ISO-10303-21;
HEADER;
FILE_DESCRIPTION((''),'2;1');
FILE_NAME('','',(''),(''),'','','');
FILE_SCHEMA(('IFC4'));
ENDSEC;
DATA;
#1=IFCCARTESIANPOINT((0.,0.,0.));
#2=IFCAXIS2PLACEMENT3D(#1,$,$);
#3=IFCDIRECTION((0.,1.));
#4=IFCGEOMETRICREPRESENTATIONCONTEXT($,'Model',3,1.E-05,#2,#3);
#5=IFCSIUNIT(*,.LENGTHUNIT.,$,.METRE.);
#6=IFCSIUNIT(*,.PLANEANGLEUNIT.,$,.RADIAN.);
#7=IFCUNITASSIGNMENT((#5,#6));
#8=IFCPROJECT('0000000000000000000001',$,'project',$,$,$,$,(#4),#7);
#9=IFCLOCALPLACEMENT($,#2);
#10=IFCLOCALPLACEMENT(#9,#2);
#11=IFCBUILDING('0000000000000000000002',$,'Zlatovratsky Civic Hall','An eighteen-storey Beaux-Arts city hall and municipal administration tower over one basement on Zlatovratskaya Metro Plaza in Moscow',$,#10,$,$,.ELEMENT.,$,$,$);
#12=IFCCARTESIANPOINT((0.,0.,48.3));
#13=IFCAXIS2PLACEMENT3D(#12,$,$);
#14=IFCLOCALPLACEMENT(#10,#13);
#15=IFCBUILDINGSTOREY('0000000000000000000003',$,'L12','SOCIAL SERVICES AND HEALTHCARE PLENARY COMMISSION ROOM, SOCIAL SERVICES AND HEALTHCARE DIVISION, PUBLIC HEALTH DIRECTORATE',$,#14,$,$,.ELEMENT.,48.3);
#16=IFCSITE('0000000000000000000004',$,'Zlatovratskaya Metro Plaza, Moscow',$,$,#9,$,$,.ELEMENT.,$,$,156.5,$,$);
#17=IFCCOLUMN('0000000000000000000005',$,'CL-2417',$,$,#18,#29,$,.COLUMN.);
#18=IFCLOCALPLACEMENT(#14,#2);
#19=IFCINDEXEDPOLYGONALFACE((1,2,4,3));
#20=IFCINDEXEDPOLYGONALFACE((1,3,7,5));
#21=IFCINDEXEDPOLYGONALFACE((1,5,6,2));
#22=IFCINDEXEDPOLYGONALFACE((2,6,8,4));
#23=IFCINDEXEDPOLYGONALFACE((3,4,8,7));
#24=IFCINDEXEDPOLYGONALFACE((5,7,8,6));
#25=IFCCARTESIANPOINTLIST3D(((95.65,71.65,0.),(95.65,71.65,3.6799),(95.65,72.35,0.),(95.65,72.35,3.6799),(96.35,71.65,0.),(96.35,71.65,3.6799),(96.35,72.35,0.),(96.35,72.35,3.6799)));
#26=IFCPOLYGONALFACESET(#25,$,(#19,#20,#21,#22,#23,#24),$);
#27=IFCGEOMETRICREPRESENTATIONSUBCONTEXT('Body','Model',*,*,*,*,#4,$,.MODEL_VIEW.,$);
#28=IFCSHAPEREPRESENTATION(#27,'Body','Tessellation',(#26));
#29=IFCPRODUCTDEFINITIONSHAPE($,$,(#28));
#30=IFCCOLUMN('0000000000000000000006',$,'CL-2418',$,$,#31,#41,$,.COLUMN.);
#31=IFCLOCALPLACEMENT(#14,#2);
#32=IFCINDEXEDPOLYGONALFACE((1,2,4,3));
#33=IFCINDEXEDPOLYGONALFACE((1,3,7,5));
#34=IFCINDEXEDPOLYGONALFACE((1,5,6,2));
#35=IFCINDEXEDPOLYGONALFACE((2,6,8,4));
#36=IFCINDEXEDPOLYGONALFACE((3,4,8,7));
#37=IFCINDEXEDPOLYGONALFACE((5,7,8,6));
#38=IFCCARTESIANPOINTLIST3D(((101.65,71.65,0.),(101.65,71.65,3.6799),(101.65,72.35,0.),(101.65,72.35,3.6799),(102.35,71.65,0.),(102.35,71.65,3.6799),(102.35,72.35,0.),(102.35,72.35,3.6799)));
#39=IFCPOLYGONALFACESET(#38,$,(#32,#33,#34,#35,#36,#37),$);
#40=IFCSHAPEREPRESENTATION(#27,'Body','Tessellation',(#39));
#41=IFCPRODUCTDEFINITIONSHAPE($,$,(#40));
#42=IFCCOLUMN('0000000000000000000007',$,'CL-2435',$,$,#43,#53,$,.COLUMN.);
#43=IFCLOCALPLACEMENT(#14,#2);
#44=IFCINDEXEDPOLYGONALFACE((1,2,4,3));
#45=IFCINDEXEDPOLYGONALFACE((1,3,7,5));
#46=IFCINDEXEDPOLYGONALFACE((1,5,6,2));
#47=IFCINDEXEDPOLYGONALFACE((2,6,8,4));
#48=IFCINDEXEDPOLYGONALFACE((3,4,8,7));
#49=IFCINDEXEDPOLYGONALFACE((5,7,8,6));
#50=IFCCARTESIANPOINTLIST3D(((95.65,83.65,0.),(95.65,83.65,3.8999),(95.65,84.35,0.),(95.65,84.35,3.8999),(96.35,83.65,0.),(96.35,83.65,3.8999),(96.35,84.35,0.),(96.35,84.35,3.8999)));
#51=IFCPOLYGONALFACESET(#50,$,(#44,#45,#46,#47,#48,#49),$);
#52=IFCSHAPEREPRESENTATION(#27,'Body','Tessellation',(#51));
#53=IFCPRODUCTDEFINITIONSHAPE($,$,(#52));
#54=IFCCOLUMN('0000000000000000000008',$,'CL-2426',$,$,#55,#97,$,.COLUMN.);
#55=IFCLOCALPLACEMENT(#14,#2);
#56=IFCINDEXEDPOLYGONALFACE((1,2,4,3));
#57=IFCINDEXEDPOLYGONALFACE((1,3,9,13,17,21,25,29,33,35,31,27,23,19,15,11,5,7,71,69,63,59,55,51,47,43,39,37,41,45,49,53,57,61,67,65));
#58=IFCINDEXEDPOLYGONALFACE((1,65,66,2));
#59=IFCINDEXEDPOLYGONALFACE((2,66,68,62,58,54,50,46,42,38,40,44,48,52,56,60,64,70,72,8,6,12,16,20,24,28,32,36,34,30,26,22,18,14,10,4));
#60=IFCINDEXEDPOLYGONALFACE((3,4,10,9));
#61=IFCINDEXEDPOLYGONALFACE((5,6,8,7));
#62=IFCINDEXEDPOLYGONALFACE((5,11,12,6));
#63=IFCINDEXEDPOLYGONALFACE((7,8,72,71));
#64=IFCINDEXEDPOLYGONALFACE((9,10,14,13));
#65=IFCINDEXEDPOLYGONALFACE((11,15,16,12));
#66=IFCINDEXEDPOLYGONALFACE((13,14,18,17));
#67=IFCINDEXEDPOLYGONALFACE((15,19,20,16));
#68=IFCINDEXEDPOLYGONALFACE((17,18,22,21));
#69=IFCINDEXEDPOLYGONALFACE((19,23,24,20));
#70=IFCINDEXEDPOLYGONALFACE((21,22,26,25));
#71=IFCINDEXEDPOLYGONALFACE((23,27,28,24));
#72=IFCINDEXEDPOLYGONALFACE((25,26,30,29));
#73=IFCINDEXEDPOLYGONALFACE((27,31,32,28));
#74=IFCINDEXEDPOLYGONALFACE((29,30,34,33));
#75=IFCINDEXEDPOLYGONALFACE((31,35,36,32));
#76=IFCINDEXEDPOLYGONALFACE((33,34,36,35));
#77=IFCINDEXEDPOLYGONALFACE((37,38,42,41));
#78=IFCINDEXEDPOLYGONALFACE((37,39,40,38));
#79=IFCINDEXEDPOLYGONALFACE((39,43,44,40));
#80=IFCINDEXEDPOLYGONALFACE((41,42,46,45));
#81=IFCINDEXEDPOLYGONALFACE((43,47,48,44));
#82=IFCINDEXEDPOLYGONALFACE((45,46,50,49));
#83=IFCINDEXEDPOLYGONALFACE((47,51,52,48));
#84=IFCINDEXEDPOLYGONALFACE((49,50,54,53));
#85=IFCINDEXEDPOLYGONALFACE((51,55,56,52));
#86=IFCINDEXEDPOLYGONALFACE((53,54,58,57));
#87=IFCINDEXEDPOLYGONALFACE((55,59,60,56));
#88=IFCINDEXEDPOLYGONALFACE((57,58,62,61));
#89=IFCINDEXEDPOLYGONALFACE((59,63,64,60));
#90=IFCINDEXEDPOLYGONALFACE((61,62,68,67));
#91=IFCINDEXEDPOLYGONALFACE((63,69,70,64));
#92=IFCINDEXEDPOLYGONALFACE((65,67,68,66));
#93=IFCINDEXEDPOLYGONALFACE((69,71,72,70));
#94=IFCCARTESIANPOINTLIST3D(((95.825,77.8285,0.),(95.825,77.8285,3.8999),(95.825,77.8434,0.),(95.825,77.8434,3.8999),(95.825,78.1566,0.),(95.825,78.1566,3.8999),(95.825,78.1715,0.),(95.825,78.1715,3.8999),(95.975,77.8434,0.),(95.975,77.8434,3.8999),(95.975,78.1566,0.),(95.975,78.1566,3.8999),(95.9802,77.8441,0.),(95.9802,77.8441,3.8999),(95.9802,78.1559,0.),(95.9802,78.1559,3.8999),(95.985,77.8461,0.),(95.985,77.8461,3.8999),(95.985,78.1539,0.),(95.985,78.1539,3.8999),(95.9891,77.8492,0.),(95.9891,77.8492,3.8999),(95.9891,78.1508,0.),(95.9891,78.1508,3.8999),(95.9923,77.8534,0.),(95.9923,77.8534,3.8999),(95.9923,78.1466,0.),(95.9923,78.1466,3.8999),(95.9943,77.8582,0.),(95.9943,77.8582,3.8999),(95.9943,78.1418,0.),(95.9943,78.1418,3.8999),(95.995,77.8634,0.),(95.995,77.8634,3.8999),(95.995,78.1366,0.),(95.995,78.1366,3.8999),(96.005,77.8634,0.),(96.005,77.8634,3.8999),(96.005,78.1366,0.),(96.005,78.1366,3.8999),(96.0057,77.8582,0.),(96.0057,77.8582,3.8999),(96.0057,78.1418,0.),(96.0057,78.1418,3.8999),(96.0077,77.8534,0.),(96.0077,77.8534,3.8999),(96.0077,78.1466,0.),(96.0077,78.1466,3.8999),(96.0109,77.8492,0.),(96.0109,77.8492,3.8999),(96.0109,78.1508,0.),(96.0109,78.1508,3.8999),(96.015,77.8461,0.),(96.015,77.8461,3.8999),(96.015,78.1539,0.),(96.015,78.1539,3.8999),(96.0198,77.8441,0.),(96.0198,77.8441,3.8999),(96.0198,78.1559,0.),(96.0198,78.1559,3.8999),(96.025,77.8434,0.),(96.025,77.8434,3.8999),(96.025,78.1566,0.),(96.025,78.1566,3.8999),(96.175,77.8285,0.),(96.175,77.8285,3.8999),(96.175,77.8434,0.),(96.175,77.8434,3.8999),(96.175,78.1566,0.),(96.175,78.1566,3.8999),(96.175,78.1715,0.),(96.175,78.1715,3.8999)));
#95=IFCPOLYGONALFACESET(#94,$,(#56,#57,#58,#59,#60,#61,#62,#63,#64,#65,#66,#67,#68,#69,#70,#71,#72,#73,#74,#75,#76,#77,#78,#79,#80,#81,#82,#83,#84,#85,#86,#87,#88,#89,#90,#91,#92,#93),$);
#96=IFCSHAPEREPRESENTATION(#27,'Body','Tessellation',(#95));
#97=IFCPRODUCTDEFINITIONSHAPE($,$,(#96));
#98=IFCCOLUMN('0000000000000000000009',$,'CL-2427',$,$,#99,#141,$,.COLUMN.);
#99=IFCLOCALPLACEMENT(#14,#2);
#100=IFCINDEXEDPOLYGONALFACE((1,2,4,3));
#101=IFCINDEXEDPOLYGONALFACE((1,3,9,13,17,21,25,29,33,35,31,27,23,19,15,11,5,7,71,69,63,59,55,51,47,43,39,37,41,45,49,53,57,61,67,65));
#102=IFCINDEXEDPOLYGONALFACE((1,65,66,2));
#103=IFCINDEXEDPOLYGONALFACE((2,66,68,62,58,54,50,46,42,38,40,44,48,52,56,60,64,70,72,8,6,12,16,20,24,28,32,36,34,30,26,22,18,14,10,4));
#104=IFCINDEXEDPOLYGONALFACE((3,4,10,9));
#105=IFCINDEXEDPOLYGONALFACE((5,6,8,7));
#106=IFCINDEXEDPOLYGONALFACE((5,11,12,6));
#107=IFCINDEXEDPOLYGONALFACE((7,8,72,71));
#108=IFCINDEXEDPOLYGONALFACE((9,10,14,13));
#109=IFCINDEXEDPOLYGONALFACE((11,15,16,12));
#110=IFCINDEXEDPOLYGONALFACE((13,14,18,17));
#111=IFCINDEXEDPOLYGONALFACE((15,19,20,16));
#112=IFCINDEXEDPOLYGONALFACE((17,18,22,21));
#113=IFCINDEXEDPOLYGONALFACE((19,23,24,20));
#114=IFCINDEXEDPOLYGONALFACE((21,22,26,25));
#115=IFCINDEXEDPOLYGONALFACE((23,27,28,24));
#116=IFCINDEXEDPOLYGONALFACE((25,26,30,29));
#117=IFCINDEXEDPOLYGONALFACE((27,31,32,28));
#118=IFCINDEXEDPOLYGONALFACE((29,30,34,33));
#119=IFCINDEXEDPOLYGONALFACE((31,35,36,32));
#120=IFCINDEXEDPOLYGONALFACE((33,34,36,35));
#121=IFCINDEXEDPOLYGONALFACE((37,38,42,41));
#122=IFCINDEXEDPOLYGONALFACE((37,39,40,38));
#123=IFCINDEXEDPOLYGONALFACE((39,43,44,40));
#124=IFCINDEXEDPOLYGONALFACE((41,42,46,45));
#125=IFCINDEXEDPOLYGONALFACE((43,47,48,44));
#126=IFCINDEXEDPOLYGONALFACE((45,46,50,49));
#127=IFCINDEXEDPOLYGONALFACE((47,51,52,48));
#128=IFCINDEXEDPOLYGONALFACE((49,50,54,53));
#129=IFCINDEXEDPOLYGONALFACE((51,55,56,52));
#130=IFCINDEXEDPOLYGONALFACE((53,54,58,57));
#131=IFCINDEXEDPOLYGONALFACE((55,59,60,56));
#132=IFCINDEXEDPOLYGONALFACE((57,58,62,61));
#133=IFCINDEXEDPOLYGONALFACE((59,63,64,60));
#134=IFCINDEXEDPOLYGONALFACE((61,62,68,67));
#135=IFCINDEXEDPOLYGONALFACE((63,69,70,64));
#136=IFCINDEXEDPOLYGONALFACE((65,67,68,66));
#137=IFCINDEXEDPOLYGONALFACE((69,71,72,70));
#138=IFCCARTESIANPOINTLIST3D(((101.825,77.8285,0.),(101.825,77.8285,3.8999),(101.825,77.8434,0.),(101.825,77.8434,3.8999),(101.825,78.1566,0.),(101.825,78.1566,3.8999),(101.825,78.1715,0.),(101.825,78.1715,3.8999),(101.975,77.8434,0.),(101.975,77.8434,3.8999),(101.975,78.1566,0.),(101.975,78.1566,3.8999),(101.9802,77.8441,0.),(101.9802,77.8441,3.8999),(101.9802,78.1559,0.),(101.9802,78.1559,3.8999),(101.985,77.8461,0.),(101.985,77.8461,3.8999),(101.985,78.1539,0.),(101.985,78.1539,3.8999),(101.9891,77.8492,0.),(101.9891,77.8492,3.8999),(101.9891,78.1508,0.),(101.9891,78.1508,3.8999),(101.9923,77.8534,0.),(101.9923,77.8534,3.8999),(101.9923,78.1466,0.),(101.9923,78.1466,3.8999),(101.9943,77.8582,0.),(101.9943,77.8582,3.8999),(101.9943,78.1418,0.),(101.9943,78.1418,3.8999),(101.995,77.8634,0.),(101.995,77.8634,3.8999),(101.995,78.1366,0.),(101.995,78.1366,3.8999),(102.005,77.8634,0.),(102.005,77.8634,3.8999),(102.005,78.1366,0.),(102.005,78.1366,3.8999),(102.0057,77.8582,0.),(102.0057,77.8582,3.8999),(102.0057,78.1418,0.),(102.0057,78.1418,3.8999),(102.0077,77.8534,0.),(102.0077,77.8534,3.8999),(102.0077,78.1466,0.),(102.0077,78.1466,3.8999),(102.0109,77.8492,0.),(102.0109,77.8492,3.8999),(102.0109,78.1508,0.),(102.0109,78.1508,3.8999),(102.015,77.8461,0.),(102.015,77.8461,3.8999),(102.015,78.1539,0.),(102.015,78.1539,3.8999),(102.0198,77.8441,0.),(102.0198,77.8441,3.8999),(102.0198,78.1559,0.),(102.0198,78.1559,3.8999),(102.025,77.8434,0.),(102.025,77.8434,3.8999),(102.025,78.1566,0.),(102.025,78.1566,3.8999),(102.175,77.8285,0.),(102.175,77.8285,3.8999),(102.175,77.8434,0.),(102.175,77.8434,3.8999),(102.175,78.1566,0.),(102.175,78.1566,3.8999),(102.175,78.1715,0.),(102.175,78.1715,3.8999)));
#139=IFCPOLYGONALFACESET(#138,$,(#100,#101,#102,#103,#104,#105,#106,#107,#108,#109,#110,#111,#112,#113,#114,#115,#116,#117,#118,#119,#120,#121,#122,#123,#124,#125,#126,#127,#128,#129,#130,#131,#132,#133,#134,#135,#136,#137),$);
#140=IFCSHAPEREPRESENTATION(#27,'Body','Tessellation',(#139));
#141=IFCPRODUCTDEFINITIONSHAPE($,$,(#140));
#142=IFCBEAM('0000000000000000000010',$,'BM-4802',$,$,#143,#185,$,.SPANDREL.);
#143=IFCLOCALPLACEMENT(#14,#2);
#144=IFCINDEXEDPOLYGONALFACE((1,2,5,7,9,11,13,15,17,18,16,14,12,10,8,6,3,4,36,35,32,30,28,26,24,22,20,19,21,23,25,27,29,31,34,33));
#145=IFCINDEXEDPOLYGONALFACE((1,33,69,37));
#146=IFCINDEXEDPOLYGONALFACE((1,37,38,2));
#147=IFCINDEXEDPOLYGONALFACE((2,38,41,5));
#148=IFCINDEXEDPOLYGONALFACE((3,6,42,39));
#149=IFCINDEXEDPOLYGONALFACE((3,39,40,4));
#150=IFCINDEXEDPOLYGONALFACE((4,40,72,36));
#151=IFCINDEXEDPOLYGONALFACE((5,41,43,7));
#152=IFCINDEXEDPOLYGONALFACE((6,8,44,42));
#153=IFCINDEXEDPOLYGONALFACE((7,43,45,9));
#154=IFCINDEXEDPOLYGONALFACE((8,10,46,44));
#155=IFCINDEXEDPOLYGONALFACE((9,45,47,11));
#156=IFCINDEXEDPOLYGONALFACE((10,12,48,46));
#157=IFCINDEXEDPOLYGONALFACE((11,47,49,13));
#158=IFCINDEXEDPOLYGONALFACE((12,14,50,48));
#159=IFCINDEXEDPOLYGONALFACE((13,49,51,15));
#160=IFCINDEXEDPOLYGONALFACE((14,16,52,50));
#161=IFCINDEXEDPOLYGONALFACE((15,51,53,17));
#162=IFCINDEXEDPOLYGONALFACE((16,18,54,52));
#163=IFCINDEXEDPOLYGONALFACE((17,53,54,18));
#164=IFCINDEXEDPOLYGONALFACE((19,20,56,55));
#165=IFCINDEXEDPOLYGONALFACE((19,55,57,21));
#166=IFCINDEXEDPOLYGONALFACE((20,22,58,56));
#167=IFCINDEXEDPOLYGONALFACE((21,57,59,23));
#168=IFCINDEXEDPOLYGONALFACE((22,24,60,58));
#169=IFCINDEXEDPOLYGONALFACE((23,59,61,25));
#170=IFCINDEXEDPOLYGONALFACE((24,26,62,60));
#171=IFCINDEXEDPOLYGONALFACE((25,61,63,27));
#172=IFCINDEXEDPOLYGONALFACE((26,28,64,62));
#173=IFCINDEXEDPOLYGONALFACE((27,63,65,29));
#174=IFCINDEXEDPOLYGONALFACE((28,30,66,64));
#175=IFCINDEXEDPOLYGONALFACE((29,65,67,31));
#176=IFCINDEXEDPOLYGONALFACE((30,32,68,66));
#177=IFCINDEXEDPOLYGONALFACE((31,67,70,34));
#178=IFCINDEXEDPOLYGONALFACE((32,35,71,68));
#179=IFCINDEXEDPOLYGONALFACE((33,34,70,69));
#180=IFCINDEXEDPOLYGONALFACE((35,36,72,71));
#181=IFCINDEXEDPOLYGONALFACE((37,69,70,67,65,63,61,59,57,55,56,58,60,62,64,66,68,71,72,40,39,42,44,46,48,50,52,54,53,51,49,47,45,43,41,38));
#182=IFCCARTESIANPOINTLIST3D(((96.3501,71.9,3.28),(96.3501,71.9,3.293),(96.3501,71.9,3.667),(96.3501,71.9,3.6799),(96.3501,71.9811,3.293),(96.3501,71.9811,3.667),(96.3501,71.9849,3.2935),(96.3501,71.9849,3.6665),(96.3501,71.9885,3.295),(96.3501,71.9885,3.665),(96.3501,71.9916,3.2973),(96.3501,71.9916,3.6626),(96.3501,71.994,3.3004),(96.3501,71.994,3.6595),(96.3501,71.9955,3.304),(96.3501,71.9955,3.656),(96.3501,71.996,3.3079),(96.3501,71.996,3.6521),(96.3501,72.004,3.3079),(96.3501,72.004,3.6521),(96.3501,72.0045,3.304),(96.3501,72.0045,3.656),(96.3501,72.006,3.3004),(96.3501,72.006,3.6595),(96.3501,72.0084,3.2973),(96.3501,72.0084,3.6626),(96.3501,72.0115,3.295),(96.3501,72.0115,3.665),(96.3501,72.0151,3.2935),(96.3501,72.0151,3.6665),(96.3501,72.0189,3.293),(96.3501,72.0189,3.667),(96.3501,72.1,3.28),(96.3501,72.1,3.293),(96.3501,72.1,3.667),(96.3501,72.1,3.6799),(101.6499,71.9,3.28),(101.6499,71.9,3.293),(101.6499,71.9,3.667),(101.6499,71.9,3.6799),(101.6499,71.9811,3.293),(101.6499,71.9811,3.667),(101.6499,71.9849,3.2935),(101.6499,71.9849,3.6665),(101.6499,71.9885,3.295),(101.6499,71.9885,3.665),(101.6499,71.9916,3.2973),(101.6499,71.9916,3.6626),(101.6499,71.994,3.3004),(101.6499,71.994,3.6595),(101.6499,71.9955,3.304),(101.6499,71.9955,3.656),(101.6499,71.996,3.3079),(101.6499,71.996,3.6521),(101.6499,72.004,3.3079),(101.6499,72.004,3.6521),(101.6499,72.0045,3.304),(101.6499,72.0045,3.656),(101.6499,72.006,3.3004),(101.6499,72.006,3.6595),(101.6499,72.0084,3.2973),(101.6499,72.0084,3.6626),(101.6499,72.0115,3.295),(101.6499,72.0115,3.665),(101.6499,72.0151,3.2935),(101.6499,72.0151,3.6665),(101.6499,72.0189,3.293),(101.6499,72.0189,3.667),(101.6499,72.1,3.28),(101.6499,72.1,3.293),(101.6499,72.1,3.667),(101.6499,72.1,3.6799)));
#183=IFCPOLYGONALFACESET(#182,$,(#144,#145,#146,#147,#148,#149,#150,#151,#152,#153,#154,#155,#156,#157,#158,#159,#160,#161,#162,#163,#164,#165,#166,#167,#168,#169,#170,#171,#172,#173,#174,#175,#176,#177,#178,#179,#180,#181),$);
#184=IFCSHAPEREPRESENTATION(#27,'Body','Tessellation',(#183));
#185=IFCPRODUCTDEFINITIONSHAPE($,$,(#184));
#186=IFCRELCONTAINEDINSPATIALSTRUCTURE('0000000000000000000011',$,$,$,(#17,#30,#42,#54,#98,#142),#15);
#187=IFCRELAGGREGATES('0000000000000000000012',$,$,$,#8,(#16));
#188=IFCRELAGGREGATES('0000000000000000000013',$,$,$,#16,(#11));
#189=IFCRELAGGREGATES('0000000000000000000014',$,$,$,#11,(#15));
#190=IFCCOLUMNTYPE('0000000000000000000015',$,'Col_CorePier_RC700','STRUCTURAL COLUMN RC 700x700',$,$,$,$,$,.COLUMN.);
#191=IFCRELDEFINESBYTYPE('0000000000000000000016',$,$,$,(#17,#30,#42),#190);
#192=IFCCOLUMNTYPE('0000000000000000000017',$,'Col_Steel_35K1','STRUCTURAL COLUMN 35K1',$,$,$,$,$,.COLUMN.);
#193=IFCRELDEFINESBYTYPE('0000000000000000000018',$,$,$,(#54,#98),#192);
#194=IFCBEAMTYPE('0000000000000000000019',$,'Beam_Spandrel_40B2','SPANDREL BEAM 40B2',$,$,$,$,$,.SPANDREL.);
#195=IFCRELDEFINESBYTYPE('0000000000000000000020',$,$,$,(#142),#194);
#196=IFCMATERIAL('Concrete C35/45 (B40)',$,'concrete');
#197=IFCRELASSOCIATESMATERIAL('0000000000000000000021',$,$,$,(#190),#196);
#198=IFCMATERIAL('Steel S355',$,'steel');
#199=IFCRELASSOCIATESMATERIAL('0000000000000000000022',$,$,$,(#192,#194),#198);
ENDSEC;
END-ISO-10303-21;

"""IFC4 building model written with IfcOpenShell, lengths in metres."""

from ifc_helpers import new_model, si_unit, direction, frame, origin, origin_2d, place, context, subcontext, project, spatial, rectangle, i_section, extrude, material, material_profile, profile_set, type_object, element, save


model = new_model("IFC4")

# Units and contexts
model_context = context("Model", 3, precision=1e-05, world=origin(), true_north=direction((0.0, 1.0)))
body_context = subcontext(model_context, "Body", "Model", "MODEL_VIEW")
ifc_project = project(units=[si_unit("LENGTHUNIT", "METRE"), si_unit("PLANEANGLEUNIT", "RADIAN")], contexts=[model_context])

# Site, building, storey
site_placement = place(None, origin())
site = spatial("IfcSite", under=ifc_project, at=site_placement, Name="Zlatovratskaya Metro Plaza, Moscow", CompositionType="ELEMENT", RefElevation=156.5)
building_placement = place(site_placement, origin())
building = spatial("IfcBuilding", under=site, at=building_placement, Name="Zlatovratsky Civic Hall", Description="An eighteen-storey Beaux-Arts city hall and municipal administration tower over one basement on Zlatovratskaya Metro Plaza in Moscow", CompositionType="ELEMENT")
storey_placement = place(building_placement, frame((0.0, 0.0, 48.3)))
storey = spatial("IfcBuildingStorey", under=building, at=storey_placement, Name="L12", Description="SOCIAL SERVICES AND HEALTHCARE PLENARY COMMISSION ROOM, SOCIAL SERVICES AND HEALTHCARE DIVISION, PUBLIC HEALTH DIRECTORATE", CompositionType="ELEMENT", Elevation=48.3)

# Columns
ifc_material_1 = material(Name="Concrete C35/45 (B40)", Category="concrete")
ifc_material_profile_1 = material_profile(ifc_material_1, rectangle(XDim=0.7, YDim=0.7, at=origin_2d()), Name="RC 700x700")
ifc_profile_set_1 = profile_set([ifc_material_profile_1], Name="Concrete C35/45 (B40)")
column_type_1 = type_object("IfcColumnType", Name="Col_CorePier_RC700", Description="STRUCTURAL COLUMN RC 700x700", PredefinedType="COLUMN", material=ifc_profile_set_1)
for number, where, z_axis, x_axis, name in (
    (1, (96.0, 72.0, 0.0), (0.0, 0.0, 1.0), (1.0, 0.0, 0.0), "CL-2417"),
    (2, (102.0, 72.0, 0.0), (0.0, 0.0, 1.0), (1.0, 0.0, 0.0), "CL-2418"),
):
    element("IfcColumn", number, at=place(storey_placement, frame(where, z_axis=z_axis, x_axis=x_axis)), inside=storey, type_object=column_type_1, Name=name, PredefinedType="COLUMN", context=body_context, shape_type="SweptSolid", body=[
        extrude(rectangle(XDim=0.7, YDim=0.7, at=origin_2d()), origin(), (0.0, 0.0, 1.0), 3.6799),
    ])
column_placement = place(storey_placement, frame((96.0, 84.0, 0.0), z_axis=(0.0, 0.0, 1.0), x_axis=(1.0, 0.0, 0.0)))
element("IfcColumn", 3, at=column_placement, inside=storey, type_object=column_type_1, Name="CL-2435", PredefinedType="COLUMN", context=body_context, shape_type="SweptSolid", body=[
    extrude(rectangle(XDim=0.7, YDim=0.7, at=origin_2d()), origin(), (0.0, 0.0, 1.0), 3.8999),
])
ifc_material_2 = material(Name="Steel S355", Category="steel")
ifc_material_profile_2 = material_profile(ifc_material_2, i_section(OverallWidth=0.3501, OverallDepth=0.343, WebThickness=0.01, FlangeThickness=0.0149, FilletRadius=0.02, at=origin_2d()), Name="35K1")
ifc_profile_set_2 = profile_set([ifc_material_profile_2], Name="Steel S355")
column_type_2 = type_object("IfcColumnType", Name="Col_Steel_35K1", Description="STRUCTURAL COLUMN 35K1", PredefinedType="COLUMN", material=ifc_profile_set_2)
for number, where, z_axis, x_axis, name in (
    (4, (96.0, 78.0, 0.0), (0.0, 0.0, 1.0), (1.0, 0.0, 0.0), "CL-2426"),
    (5, (102.0, 78.0, 0.0), (0.0, 0.0, 1.0), (1.0, 0.0, 0.0), "CL-2427"),
):
    element("IfcColumn", number, at=place(storey_placement, frame(where, z_axis=z_axis, x_axis=x_axis)), inside=storey, type_object=column_type_2, Name=name, PredefinedType="COLUMN", context=body_context, shape_type="SweptSolid", body=[
        extrude(i_section(OverallWidth=0.3501, OverallDepth=0.343, WebThickness=0.01, FlangeThickness=0.0149, FilletRadius=0.02, at=origin_2d()), origin(), (0.0, 0.0, 1.0), 3.8999),
    ])

# Beam
ifc_material_profile_3 = material_profile(ifc_material_2, i_section(OverallWidth=0.2, OverallDepth=0.3999, WebThickness=0.0081, FlangeThickness=0.0129, FilletRadius=0.0149, at=origin_2d()), Name="40B2")
ifc_profile_set_3 = profile_set([ifc_material_profile_3], Name="Steel S355")
beam_type_1 = type_object("IfcBeamType", Name="Beam_Spandrel_40B2", Description="SPANDREL BEAM 40B2", PredefinedType="SPANDREL", material=ifc_profile_set_3)
beam_1_placement = place(storey_placement, frame((96.3501, 72.0, 3.48), z_axis=(1.0, 0.0, 0.0), x_axis=(0.0, 1.0, 0.0)))
element("IfcBeam", 6, at=beam_1_placement, inside=storey, type_object=beam_type_1, Name="BM-4802", PredefinedType="SPANDREL", context=body_context, shape_type="SweptSolid", body=[
    extrude(i_section(OverallWidth=0.2, OverallDepth=0.3999, WebThickness=0.0081, FlangeThickness=0.0129, FilletRadius=0.0149, at=origin_2d()), origin(), (0.0, 0.0, 1.0), 5.2998),
])

save(model, "model.ifc")
